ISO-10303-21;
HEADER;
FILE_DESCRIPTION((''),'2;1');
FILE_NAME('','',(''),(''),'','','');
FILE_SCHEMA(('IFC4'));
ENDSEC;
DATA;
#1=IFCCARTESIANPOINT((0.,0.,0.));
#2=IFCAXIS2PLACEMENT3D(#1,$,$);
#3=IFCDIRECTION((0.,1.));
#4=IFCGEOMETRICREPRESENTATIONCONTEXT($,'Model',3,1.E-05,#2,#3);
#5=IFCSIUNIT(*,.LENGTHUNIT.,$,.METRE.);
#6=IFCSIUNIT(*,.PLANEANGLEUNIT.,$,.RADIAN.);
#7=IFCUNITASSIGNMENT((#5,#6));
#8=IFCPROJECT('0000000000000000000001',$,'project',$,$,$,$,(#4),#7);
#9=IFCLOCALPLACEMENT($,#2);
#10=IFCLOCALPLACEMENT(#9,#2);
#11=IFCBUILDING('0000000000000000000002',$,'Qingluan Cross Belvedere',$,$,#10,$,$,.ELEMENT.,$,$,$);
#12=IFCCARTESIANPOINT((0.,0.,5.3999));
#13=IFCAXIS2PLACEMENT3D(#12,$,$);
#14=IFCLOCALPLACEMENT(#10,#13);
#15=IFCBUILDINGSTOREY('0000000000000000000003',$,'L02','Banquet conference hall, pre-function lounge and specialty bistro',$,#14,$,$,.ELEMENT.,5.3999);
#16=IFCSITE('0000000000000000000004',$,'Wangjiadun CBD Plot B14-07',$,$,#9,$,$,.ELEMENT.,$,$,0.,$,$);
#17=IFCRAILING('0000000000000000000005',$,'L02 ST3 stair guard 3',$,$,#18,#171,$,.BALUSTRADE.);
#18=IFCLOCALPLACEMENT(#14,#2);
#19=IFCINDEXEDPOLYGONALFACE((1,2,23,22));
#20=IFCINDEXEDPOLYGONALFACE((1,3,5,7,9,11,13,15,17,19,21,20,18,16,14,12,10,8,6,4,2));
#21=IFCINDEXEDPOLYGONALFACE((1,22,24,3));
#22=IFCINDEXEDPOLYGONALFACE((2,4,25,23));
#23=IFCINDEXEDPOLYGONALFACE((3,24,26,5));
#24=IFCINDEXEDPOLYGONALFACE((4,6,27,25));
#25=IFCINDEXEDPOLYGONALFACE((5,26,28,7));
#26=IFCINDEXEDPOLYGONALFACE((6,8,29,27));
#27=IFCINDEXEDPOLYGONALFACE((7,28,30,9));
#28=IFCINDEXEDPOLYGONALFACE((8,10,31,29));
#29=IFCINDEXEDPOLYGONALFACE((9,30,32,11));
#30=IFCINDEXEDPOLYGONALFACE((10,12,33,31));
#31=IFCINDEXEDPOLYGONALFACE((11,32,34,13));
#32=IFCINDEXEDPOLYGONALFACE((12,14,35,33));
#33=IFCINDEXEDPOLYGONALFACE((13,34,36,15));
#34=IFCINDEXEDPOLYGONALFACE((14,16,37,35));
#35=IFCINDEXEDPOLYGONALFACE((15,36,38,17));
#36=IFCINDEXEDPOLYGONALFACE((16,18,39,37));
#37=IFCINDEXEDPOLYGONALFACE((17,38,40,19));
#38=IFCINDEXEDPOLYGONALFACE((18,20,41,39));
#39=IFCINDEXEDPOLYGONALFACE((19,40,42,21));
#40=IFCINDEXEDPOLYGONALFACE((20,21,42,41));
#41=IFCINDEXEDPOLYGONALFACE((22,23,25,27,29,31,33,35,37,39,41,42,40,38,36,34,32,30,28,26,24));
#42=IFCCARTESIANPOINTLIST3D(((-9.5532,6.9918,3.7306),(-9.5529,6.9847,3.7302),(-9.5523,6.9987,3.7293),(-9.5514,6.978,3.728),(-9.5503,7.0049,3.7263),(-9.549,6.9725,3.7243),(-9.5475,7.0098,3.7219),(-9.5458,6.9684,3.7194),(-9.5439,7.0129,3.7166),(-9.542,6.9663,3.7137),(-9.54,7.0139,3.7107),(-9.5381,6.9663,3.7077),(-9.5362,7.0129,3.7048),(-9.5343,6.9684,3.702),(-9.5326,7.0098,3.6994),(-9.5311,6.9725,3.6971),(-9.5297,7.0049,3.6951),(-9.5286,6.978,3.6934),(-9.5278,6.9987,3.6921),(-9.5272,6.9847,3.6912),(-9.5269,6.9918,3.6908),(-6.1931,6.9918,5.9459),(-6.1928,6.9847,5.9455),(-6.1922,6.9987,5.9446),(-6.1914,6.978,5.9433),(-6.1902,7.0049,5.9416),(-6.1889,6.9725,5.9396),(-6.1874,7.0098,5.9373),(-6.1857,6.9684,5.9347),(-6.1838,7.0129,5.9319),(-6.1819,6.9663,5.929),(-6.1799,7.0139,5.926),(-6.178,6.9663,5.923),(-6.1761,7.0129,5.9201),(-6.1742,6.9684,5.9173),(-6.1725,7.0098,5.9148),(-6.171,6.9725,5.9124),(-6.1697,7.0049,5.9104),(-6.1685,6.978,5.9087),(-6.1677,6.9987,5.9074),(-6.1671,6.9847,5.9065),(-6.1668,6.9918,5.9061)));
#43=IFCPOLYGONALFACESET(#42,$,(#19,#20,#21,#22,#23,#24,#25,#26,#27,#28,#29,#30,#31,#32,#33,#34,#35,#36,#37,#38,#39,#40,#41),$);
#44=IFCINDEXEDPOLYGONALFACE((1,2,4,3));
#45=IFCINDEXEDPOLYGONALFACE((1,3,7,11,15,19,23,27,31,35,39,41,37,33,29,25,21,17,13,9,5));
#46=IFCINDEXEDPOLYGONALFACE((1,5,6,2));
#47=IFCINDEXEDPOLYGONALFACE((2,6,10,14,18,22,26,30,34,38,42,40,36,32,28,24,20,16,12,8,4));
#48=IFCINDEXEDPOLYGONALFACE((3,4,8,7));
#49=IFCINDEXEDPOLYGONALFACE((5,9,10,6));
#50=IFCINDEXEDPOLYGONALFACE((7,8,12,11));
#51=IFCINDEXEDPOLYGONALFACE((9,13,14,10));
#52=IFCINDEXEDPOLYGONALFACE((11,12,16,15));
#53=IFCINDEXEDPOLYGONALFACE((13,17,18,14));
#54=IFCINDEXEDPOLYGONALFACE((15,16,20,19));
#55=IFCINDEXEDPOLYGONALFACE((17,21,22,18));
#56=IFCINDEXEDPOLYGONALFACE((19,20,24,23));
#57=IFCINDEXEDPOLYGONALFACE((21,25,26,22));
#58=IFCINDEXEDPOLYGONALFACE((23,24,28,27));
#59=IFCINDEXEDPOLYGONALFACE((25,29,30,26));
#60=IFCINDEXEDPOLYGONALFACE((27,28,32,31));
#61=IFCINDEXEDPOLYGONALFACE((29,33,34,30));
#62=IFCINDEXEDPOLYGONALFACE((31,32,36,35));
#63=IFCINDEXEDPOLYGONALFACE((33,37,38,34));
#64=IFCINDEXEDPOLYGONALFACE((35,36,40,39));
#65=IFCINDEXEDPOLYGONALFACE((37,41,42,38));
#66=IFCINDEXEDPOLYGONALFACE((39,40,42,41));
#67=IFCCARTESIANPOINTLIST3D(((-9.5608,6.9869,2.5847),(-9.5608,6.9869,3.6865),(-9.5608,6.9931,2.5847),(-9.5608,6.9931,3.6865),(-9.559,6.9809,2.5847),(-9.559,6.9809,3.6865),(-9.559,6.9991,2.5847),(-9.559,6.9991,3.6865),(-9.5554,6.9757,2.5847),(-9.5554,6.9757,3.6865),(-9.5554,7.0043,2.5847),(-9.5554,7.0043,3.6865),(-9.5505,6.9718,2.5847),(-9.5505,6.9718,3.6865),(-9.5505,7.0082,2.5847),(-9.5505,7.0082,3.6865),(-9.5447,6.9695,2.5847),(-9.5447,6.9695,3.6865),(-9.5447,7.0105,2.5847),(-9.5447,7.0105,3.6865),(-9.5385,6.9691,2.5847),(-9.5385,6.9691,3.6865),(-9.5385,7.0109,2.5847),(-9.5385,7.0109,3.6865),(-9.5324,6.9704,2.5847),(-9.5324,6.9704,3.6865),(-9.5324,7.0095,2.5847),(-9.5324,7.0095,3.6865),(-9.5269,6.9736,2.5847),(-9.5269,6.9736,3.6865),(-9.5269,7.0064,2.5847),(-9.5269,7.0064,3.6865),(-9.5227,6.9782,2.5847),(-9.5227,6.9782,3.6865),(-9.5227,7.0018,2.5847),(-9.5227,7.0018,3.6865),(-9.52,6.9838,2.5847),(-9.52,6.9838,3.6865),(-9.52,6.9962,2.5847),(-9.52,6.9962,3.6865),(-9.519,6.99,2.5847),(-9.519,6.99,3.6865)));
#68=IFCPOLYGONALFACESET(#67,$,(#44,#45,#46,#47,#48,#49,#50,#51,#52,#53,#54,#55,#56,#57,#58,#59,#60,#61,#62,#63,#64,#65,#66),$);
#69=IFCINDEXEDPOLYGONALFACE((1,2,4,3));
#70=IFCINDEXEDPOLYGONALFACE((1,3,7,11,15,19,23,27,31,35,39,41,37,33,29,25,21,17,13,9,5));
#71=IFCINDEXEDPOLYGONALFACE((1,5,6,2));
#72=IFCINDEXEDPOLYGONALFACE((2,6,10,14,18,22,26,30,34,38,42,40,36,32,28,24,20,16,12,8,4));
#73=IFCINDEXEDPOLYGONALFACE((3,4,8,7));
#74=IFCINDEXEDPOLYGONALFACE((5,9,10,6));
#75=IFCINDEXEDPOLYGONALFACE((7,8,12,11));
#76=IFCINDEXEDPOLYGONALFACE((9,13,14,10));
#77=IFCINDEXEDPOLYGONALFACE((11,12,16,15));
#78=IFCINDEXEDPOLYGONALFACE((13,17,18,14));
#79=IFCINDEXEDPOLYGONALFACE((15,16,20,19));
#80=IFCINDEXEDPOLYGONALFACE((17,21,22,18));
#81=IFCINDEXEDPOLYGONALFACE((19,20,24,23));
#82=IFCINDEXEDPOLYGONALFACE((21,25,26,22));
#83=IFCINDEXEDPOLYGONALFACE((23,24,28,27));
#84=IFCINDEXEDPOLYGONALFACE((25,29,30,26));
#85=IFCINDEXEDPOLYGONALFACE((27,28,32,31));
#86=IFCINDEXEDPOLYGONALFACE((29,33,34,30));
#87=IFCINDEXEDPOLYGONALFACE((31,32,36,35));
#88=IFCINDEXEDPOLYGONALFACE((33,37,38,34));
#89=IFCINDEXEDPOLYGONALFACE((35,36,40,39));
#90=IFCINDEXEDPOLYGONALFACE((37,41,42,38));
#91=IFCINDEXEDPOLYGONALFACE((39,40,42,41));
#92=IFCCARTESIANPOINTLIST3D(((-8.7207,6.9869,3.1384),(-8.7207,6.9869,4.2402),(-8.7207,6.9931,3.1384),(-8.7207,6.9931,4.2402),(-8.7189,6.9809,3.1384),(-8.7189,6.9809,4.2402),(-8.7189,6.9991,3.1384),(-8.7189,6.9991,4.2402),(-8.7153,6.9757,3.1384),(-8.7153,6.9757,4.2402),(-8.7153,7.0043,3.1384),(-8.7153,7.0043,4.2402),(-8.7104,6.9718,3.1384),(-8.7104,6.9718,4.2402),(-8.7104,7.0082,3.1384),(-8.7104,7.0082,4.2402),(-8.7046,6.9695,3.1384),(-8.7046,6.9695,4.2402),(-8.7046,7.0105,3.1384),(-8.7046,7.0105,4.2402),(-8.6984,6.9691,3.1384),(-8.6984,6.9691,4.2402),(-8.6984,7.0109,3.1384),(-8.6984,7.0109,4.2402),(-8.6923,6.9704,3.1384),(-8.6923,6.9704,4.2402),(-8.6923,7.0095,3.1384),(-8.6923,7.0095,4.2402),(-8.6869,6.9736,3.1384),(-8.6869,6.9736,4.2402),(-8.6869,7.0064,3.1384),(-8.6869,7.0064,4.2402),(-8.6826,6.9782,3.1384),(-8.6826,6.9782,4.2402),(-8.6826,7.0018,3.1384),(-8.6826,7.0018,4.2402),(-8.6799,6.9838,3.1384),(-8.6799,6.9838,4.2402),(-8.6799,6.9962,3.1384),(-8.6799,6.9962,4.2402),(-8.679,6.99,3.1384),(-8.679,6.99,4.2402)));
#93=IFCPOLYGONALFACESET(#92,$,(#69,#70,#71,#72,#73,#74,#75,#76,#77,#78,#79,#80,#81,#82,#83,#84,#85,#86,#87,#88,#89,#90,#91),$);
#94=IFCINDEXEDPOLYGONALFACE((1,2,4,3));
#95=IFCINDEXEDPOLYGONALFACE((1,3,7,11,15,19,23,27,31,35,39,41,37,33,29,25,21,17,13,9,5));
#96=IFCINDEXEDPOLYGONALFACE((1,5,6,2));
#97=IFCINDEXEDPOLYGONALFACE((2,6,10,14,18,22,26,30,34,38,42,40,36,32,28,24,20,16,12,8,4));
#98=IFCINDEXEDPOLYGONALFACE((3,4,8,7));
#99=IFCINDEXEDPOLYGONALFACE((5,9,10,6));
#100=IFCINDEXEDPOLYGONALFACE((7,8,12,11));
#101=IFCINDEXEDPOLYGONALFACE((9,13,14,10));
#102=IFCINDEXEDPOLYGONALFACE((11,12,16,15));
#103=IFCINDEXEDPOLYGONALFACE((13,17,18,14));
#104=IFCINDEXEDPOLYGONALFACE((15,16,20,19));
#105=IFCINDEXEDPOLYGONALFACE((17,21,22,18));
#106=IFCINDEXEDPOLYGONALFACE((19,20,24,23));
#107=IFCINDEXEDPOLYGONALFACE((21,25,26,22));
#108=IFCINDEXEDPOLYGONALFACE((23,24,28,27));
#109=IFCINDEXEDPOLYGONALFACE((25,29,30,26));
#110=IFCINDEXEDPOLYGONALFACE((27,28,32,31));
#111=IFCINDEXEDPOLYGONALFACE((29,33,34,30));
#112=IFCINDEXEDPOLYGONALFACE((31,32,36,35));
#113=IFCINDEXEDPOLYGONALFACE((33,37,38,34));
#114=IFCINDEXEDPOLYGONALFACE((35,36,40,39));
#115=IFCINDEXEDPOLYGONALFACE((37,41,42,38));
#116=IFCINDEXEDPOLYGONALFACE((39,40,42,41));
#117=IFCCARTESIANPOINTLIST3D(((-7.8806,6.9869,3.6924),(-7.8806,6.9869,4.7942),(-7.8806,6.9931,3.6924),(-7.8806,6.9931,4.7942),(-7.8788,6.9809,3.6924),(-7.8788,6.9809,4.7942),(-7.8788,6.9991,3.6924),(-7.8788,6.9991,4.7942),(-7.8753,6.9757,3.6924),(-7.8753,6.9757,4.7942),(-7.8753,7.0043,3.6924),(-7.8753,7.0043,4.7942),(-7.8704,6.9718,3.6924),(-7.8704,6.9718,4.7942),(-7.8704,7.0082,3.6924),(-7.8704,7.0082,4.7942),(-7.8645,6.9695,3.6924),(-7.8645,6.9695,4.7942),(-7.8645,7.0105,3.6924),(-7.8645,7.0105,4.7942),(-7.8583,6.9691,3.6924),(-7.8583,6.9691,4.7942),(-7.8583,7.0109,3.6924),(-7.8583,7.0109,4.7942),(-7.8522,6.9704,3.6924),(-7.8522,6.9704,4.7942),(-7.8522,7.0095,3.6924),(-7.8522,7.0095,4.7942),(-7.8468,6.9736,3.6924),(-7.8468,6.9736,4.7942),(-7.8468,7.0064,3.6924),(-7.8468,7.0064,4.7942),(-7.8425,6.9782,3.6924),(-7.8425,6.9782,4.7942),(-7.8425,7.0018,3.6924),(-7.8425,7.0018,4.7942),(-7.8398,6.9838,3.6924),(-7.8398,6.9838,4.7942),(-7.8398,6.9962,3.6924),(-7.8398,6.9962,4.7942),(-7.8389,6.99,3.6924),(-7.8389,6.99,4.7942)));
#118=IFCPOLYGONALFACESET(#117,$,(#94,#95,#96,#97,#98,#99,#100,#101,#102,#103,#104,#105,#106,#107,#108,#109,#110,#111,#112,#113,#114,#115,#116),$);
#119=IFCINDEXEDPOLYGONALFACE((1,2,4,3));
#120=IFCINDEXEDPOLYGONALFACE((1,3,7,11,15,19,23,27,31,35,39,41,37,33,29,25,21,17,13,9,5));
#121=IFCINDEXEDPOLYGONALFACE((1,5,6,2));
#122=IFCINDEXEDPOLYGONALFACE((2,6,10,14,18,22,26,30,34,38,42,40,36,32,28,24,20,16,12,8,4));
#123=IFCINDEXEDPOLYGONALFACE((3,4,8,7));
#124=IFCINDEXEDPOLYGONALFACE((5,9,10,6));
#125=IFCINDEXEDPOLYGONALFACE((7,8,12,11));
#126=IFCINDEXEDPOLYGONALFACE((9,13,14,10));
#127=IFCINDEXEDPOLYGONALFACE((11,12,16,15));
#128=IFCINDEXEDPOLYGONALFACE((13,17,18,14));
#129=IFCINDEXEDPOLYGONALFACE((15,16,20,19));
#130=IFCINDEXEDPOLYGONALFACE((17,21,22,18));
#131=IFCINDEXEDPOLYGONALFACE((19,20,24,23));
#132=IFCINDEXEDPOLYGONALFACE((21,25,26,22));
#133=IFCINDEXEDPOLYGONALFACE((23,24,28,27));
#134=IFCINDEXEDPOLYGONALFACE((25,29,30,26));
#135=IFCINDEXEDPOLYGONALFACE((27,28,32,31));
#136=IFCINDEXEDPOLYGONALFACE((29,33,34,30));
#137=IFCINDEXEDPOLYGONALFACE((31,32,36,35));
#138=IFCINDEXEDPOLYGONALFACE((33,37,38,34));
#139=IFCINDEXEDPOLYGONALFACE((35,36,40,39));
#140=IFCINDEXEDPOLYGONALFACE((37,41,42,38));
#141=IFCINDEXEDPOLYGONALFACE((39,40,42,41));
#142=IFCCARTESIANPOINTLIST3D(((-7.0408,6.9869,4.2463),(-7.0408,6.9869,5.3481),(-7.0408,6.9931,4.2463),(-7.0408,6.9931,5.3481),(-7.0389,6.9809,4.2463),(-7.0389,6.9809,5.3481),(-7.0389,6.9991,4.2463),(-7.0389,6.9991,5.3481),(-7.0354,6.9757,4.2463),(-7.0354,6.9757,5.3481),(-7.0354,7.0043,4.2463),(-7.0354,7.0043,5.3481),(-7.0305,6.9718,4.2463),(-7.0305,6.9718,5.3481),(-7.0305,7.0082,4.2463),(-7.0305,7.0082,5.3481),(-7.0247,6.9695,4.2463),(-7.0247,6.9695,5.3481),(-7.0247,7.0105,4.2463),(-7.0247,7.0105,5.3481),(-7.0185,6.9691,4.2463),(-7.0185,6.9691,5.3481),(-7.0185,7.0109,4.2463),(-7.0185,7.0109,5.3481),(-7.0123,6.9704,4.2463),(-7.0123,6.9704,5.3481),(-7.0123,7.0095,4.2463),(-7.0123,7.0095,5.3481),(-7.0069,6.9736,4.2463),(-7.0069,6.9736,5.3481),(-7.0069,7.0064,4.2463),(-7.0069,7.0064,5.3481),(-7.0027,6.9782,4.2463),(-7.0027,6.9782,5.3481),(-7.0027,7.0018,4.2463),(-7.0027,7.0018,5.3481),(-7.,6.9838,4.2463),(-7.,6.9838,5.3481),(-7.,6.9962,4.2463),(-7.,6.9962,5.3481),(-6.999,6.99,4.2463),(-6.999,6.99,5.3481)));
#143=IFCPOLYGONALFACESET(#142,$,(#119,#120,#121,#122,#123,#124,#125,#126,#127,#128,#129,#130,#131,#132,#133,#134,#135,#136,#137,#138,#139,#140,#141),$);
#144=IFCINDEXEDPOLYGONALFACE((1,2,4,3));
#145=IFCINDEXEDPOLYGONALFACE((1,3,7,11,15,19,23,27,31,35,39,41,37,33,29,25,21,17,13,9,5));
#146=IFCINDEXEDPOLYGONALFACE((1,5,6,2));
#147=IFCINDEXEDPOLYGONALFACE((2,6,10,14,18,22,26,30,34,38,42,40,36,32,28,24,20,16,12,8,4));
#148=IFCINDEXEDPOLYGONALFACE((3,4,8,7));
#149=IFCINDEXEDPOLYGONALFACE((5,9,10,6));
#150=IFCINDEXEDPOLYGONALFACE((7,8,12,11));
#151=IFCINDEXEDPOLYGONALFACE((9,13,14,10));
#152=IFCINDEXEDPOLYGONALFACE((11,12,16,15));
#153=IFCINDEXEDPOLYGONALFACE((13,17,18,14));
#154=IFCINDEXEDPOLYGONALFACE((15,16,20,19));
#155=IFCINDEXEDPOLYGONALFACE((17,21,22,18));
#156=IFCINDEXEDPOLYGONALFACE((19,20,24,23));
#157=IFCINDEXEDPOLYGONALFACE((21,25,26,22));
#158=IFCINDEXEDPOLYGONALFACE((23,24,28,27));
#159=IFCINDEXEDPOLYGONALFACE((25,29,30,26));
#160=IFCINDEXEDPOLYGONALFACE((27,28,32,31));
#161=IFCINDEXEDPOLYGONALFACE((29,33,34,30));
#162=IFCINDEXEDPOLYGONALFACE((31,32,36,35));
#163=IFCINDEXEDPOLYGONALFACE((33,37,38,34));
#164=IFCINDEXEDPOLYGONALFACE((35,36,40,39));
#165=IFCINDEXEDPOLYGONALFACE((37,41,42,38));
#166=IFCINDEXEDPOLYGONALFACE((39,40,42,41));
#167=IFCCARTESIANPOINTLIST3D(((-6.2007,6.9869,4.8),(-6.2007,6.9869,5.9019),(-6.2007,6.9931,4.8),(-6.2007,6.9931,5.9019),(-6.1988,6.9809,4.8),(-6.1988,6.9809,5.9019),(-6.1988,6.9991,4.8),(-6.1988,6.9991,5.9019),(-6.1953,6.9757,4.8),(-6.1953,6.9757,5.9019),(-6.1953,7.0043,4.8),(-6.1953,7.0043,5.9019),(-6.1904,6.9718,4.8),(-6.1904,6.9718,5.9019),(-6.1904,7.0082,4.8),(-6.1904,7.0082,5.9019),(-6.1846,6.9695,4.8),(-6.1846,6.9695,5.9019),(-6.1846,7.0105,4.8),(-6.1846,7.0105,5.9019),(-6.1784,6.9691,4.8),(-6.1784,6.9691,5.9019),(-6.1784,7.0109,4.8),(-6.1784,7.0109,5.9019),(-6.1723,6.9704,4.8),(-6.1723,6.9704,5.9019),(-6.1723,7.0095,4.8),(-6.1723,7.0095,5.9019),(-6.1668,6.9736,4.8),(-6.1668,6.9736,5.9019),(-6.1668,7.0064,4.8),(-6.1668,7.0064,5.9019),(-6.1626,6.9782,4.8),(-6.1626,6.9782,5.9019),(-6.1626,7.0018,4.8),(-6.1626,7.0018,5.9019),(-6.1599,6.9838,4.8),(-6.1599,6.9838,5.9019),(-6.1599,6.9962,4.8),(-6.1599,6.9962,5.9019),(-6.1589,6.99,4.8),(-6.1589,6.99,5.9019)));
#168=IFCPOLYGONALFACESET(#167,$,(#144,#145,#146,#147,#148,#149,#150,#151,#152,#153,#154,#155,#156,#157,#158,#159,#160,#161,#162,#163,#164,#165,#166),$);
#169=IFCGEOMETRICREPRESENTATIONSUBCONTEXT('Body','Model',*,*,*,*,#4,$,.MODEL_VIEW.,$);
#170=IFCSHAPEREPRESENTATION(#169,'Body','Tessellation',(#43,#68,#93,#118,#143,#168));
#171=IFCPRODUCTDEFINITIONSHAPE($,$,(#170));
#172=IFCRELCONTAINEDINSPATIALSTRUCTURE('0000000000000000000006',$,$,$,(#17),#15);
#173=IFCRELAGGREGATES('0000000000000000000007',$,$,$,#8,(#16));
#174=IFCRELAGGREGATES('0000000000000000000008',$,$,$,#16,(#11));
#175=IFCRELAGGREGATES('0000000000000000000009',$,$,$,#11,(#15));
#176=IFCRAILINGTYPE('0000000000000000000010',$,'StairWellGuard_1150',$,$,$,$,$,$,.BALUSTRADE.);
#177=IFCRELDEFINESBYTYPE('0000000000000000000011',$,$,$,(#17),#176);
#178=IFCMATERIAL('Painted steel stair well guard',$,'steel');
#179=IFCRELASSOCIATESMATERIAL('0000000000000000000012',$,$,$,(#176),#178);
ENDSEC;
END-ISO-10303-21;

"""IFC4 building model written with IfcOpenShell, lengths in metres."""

from ifc_helpers import new_model, si_unit, direction, frame, origin, origin_2d, place, context, subcontext, project, spatial, circle, extrude, material, type_object, element, save


model = new_model("IFC4")

# Units and contexts
model_context = context("Model", 3, precision=1e-05, world=origin(), true_north=direction((0.0, 1.0)))
body_context = subcontext(model_context, "Body", "Model", "MODEL_VIEW")
ifc_project = project(units=[si_unit("LENGTHUNIT", "METRE"), si_unit("PLANEANGLEUNIT", "RADIAN")], contexts=[model_context])

# Site, building, storey
site_placement = place(None, origin())
site = spatial("IfcSite", under=ifc_project, at=site_placement, Name="Wangjiadun CBD Plot B14-07", CompositionType="ELEMENT", RefElevation=0.0)
building_placement = place(site_placement, origin())
building = spatial("IfcBuilding", under=site, at=building_placement, Name="Qingluan Cross Belvedere", CompositionType="ELEMENT")
storey_placement = place(building_placement, frame((0.0, 0.0, 5.3999)))
storey = spatial("IfcBuildingStorey", under=building, at=storey_placement, Name="L02", Description="Banquet conference hall, pre-function lounge and specialty bistro", CompositionType="ELEMENT", Elevation=5.3999)

# Railing
ifc_material_1 = material(Name="Painted steel stair well guard", Category="steel")
railing_type_1 = type_object("IfcRailingType", Name="StairWellGuard_1150", PredefinedType="BALUSTRADE", material=ifc_material_1)
railing_1_placement = place(storey_placement, frame((-9.54, 6.99, 2.5847)))
element("IfcRailing", 1, at=railing_1_placement, inside=storey, type_object=railing_type_1, Name="L02 ST3 stair guard 3", PredefinedType="BALUSTRADE", context=body_context, shape_type="SweptSolid", body=[
    extrude(circle(Radius=0.0239, at=origin_2d()), frame((0.0, 0.0, 1.126), z_axis=(0.834876, 0.0, 0.550437), x_axis=(0.0, 1.0, 0.0)), (0.0, 0.0, 1.0), 4.0247),
    extrude(circle(Radius=0.021, at=origin_2d()), origin(), (0.0, 0.0, 1.0), 1.1018),
    extrude(circle(Radius=0.021, at=origin_2d()), frame((0.8401, 0.0, 0.5537)), (0.0, 0.0, 1.0), 1.1018),
    extrude(circle(Radius=0.021, at=origin_2d()), frame((1.6802, 0.0, 1.1077)), (0.0, 0.0, 1.0), 1.1018),
    extrude(circle(Radius=0.021, at=origin_2d()), frame((2.52, 0.0, 1.6616)), (0.0, 0.0, 1.0), 1.1018),
    extrude(circle(Radius=0.021, at=origin_2d()), frame((3.3601, 0.0, 2.2153)), (0.0, 0.0, 1.0), 1.1018),
])

save(model, "model.ifc")
